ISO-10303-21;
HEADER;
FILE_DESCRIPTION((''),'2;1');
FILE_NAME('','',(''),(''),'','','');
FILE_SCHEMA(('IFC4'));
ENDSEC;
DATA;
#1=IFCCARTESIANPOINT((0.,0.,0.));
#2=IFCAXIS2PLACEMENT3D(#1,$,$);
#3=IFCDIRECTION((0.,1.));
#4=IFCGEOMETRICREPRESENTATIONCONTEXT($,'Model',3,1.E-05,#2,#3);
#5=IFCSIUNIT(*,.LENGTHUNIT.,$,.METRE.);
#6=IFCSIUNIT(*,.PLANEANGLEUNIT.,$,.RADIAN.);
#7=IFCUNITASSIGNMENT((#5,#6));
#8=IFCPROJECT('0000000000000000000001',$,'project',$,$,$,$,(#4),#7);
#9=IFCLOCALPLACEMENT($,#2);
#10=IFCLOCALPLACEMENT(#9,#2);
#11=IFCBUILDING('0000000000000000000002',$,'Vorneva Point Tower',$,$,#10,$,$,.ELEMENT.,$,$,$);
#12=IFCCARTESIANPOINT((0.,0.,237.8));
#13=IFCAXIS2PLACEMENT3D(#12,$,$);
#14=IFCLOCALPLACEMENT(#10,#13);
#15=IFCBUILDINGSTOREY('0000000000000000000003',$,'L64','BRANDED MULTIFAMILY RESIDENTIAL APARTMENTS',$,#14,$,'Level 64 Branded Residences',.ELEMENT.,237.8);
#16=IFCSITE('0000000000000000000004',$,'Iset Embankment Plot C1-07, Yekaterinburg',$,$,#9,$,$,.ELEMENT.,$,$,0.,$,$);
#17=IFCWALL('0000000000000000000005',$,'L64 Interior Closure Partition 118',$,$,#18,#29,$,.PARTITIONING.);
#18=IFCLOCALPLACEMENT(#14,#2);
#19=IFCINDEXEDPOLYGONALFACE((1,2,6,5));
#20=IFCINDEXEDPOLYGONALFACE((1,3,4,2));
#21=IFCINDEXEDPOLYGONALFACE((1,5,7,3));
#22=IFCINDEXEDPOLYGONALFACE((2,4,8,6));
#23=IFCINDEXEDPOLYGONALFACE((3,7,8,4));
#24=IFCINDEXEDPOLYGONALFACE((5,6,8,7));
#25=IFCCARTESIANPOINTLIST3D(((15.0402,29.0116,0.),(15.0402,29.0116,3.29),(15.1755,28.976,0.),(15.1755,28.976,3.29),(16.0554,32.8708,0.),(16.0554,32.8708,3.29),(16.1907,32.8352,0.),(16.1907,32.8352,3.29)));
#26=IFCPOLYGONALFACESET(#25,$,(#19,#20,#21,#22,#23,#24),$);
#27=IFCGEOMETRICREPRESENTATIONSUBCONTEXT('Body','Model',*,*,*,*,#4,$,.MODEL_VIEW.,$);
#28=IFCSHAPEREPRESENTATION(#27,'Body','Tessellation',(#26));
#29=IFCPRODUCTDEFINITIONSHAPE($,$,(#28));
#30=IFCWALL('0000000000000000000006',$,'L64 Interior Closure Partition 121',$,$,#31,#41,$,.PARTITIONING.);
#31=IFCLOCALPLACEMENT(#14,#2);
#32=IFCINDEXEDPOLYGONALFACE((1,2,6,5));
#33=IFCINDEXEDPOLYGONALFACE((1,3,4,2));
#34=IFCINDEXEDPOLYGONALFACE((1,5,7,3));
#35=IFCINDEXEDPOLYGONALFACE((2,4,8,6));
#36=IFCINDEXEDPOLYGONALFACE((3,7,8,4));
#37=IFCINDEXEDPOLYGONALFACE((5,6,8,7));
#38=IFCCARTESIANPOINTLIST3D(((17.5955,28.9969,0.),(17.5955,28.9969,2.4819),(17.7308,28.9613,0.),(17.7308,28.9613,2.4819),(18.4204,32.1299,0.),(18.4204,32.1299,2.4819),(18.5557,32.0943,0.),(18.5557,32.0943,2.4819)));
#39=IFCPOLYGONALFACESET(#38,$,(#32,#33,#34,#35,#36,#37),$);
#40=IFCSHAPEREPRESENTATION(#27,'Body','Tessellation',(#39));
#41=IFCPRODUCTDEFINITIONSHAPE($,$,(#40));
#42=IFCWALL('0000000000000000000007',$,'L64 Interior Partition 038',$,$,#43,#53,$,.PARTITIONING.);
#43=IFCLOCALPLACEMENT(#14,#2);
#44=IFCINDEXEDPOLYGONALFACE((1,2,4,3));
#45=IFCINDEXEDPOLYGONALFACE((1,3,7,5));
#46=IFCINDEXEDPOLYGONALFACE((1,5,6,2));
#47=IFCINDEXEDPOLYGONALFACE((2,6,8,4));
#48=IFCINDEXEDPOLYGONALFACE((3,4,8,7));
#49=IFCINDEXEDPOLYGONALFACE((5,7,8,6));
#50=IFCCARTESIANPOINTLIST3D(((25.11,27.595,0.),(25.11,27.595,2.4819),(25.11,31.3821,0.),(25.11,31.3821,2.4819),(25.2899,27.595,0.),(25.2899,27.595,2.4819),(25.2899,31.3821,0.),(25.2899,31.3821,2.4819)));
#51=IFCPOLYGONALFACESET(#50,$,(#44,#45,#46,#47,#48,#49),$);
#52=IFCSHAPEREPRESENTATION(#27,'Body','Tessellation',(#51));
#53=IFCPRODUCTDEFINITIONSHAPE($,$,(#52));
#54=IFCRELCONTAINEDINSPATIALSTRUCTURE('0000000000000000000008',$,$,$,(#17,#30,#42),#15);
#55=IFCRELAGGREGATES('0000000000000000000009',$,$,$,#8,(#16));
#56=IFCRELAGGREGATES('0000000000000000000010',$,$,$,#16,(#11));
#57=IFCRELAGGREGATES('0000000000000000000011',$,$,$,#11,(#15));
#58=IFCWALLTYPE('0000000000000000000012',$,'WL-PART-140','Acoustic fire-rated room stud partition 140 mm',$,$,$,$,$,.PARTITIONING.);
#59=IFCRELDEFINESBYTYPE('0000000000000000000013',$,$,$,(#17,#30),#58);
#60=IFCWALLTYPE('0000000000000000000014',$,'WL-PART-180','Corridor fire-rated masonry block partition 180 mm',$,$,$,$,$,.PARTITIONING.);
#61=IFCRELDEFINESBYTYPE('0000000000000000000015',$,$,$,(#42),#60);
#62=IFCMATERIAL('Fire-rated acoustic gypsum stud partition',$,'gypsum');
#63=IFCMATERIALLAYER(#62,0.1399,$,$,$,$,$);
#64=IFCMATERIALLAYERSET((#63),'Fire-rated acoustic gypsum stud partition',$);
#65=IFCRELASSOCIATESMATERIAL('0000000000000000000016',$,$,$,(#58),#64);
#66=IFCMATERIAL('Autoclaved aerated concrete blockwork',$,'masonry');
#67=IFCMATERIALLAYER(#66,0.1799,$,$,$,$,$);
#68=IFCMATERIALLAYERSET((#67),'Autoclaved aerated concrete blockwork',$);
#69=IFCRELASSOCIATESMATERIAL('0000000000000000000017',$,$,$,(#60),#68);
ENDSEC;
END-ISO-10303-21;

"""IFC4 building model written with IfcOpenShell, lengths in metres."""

from ifc_helpers import new_model, si_unit, direction, frame, frame_2d, origin, place, context, subcontext, project, spatial, rectangle, extrude, material, layer, layer_set, type_object, element, save


model = new_model("IFC4")

# Units and contexts
model_context = context("Model", 3, precision=1e-05, world=origin(), true_north=direction((0.0, 1.0)))
body_context = subcontext(model_context, "Body", "Model", "MODEL_VIEW")
ifc_project = project(units=[si_unit("LENGTHUNIT", "METRE"), si_unit("PLANEANGLEUNIT", "RADIAN")], contexts=[model_context])

# Site, building, storey
site_placement = place(None, origin())
site = spatial("IfcSite", under=ifc_project, at=site_placement, Name="Iset Embankment Plot C1-07, Yekaterinburg", CompositionType="ELEMENT", RefElevation=0.0)
building_placement = place(site_placement, origin())
building = spatial("IfcBuilding", under=site, at=building_placement, Name="Vorneva Point Tower", CompositionType="ELEMENT")
storey_placement = place(building_placement, frame((0.0, 0.0, 237.8)))
storey = spatial("IfcBuildingStorey", under=building, at=storey_placement, Name="L64", Description="BRANDED MULTIFAMILY RESIDENTIAL APARTMENTS", LongName="Level 64 Branded Residences", CompositionType="ELEMENT", Elevation=237.8)

# Shared definitions
ifc_material_1 = material(Name="Fire-rated acoustic gypsum stud partition", Category="gypsum")

# Shared definitions
ifc_layer_1 = layer(ifc_material_1, 0.1399)
ifc_layer_set_1 = layer_set([ifc_layer_1], Name="Fire-rated acoustic gypsum stud partition")
wall_type_1 = type_object("IfcWallType", Name="WL-PART-140", Description="Acoustic fire-rated room stud partition 140 mm", PredefinedType="PARTITIONING", material=ifc_layer_set_1)

# Walls
wall_1_placement = place(storey_placement, frame((15.1079, 28.9939, 0.0), z_axis=(0.0, 0.0, 1.0), x_axis=(0.254394, 0.967101, 0.0)))
element("IfcWall", 1, at=wall_1_placement, inside=storey, type_object=wall_type_1, Name="L64 Interior Closure Partition 118", PredefinedType="PARTITIONING", context=body_context, shape_type="SweptSolid", body=[
    extrude(rectangle(XDim=3.9905, YDim=0.1399, at=frame_2d((1.9951, 0.0))), origin(), (0.0, 0.0, 1.0), 3.29),
])
wall_2_placement = place(storey_placement, frame((18.488, 32.1121, 0.0), z_axis=(0.0, 0.0, 1.0), x_axis=(-0.254627, -0.967039, 0.0)))
element("IfcWall", 2, at=wall_2_placement, inside=storey, type_object=wall_type_1, Name="L64 Interior Closure Partition 121", PredefinedType="PARTITIONING", context=body_context, shape_type="SweptSolid", body=[
    extrude(rectangle(XDim=3.2397, YDim=0.1399, at=frame_2d((1.6199, 0.0))), origin(), (0.0, 0.0, 1.0), 2.4819),
])

# Shared definitions
ifc_material_2 = material(Name="Autoclaved aerated concrete blockwork", Category="masonry")
ifc_layer_2 = layer(ifc_material_2, 0.1799)
ifc_layer_set_2 = layer_set([ifc_layer_2], Name="Autoclaved aerated concrete blockwork")
wall_type_2 = type_object("IfcWallType", Name="WL-PART-180", Description="Corridor fire-rated masonry block partition 180 mm", PredefinedType="PARTITIONING", material=ifc_layer_set_2)

# Wall
wall_3_placement = place(storey_placement, frame((25.2, 31.3821, 0.0), z_axis=(0.0, 0.0, 1.0), x_axis=(0.0, -1.0, 0.0)))
element("IfcWall", 3, at=wall_3_placement, inside=storey, type_object=wall_type_2, Name="L64 Interior Partition 038", PredefinedType="PARTITIONING", context=body_context, shape_type="SweptSolid", body=[
    extrude(rectangle(XDim=3.7871, YDim=0.1799, at=frame_2d((1.8936, 0.0))), origin(), (0.0, 0.0, 1.0), 2.4819),
])

save(model, "model.ifc")
